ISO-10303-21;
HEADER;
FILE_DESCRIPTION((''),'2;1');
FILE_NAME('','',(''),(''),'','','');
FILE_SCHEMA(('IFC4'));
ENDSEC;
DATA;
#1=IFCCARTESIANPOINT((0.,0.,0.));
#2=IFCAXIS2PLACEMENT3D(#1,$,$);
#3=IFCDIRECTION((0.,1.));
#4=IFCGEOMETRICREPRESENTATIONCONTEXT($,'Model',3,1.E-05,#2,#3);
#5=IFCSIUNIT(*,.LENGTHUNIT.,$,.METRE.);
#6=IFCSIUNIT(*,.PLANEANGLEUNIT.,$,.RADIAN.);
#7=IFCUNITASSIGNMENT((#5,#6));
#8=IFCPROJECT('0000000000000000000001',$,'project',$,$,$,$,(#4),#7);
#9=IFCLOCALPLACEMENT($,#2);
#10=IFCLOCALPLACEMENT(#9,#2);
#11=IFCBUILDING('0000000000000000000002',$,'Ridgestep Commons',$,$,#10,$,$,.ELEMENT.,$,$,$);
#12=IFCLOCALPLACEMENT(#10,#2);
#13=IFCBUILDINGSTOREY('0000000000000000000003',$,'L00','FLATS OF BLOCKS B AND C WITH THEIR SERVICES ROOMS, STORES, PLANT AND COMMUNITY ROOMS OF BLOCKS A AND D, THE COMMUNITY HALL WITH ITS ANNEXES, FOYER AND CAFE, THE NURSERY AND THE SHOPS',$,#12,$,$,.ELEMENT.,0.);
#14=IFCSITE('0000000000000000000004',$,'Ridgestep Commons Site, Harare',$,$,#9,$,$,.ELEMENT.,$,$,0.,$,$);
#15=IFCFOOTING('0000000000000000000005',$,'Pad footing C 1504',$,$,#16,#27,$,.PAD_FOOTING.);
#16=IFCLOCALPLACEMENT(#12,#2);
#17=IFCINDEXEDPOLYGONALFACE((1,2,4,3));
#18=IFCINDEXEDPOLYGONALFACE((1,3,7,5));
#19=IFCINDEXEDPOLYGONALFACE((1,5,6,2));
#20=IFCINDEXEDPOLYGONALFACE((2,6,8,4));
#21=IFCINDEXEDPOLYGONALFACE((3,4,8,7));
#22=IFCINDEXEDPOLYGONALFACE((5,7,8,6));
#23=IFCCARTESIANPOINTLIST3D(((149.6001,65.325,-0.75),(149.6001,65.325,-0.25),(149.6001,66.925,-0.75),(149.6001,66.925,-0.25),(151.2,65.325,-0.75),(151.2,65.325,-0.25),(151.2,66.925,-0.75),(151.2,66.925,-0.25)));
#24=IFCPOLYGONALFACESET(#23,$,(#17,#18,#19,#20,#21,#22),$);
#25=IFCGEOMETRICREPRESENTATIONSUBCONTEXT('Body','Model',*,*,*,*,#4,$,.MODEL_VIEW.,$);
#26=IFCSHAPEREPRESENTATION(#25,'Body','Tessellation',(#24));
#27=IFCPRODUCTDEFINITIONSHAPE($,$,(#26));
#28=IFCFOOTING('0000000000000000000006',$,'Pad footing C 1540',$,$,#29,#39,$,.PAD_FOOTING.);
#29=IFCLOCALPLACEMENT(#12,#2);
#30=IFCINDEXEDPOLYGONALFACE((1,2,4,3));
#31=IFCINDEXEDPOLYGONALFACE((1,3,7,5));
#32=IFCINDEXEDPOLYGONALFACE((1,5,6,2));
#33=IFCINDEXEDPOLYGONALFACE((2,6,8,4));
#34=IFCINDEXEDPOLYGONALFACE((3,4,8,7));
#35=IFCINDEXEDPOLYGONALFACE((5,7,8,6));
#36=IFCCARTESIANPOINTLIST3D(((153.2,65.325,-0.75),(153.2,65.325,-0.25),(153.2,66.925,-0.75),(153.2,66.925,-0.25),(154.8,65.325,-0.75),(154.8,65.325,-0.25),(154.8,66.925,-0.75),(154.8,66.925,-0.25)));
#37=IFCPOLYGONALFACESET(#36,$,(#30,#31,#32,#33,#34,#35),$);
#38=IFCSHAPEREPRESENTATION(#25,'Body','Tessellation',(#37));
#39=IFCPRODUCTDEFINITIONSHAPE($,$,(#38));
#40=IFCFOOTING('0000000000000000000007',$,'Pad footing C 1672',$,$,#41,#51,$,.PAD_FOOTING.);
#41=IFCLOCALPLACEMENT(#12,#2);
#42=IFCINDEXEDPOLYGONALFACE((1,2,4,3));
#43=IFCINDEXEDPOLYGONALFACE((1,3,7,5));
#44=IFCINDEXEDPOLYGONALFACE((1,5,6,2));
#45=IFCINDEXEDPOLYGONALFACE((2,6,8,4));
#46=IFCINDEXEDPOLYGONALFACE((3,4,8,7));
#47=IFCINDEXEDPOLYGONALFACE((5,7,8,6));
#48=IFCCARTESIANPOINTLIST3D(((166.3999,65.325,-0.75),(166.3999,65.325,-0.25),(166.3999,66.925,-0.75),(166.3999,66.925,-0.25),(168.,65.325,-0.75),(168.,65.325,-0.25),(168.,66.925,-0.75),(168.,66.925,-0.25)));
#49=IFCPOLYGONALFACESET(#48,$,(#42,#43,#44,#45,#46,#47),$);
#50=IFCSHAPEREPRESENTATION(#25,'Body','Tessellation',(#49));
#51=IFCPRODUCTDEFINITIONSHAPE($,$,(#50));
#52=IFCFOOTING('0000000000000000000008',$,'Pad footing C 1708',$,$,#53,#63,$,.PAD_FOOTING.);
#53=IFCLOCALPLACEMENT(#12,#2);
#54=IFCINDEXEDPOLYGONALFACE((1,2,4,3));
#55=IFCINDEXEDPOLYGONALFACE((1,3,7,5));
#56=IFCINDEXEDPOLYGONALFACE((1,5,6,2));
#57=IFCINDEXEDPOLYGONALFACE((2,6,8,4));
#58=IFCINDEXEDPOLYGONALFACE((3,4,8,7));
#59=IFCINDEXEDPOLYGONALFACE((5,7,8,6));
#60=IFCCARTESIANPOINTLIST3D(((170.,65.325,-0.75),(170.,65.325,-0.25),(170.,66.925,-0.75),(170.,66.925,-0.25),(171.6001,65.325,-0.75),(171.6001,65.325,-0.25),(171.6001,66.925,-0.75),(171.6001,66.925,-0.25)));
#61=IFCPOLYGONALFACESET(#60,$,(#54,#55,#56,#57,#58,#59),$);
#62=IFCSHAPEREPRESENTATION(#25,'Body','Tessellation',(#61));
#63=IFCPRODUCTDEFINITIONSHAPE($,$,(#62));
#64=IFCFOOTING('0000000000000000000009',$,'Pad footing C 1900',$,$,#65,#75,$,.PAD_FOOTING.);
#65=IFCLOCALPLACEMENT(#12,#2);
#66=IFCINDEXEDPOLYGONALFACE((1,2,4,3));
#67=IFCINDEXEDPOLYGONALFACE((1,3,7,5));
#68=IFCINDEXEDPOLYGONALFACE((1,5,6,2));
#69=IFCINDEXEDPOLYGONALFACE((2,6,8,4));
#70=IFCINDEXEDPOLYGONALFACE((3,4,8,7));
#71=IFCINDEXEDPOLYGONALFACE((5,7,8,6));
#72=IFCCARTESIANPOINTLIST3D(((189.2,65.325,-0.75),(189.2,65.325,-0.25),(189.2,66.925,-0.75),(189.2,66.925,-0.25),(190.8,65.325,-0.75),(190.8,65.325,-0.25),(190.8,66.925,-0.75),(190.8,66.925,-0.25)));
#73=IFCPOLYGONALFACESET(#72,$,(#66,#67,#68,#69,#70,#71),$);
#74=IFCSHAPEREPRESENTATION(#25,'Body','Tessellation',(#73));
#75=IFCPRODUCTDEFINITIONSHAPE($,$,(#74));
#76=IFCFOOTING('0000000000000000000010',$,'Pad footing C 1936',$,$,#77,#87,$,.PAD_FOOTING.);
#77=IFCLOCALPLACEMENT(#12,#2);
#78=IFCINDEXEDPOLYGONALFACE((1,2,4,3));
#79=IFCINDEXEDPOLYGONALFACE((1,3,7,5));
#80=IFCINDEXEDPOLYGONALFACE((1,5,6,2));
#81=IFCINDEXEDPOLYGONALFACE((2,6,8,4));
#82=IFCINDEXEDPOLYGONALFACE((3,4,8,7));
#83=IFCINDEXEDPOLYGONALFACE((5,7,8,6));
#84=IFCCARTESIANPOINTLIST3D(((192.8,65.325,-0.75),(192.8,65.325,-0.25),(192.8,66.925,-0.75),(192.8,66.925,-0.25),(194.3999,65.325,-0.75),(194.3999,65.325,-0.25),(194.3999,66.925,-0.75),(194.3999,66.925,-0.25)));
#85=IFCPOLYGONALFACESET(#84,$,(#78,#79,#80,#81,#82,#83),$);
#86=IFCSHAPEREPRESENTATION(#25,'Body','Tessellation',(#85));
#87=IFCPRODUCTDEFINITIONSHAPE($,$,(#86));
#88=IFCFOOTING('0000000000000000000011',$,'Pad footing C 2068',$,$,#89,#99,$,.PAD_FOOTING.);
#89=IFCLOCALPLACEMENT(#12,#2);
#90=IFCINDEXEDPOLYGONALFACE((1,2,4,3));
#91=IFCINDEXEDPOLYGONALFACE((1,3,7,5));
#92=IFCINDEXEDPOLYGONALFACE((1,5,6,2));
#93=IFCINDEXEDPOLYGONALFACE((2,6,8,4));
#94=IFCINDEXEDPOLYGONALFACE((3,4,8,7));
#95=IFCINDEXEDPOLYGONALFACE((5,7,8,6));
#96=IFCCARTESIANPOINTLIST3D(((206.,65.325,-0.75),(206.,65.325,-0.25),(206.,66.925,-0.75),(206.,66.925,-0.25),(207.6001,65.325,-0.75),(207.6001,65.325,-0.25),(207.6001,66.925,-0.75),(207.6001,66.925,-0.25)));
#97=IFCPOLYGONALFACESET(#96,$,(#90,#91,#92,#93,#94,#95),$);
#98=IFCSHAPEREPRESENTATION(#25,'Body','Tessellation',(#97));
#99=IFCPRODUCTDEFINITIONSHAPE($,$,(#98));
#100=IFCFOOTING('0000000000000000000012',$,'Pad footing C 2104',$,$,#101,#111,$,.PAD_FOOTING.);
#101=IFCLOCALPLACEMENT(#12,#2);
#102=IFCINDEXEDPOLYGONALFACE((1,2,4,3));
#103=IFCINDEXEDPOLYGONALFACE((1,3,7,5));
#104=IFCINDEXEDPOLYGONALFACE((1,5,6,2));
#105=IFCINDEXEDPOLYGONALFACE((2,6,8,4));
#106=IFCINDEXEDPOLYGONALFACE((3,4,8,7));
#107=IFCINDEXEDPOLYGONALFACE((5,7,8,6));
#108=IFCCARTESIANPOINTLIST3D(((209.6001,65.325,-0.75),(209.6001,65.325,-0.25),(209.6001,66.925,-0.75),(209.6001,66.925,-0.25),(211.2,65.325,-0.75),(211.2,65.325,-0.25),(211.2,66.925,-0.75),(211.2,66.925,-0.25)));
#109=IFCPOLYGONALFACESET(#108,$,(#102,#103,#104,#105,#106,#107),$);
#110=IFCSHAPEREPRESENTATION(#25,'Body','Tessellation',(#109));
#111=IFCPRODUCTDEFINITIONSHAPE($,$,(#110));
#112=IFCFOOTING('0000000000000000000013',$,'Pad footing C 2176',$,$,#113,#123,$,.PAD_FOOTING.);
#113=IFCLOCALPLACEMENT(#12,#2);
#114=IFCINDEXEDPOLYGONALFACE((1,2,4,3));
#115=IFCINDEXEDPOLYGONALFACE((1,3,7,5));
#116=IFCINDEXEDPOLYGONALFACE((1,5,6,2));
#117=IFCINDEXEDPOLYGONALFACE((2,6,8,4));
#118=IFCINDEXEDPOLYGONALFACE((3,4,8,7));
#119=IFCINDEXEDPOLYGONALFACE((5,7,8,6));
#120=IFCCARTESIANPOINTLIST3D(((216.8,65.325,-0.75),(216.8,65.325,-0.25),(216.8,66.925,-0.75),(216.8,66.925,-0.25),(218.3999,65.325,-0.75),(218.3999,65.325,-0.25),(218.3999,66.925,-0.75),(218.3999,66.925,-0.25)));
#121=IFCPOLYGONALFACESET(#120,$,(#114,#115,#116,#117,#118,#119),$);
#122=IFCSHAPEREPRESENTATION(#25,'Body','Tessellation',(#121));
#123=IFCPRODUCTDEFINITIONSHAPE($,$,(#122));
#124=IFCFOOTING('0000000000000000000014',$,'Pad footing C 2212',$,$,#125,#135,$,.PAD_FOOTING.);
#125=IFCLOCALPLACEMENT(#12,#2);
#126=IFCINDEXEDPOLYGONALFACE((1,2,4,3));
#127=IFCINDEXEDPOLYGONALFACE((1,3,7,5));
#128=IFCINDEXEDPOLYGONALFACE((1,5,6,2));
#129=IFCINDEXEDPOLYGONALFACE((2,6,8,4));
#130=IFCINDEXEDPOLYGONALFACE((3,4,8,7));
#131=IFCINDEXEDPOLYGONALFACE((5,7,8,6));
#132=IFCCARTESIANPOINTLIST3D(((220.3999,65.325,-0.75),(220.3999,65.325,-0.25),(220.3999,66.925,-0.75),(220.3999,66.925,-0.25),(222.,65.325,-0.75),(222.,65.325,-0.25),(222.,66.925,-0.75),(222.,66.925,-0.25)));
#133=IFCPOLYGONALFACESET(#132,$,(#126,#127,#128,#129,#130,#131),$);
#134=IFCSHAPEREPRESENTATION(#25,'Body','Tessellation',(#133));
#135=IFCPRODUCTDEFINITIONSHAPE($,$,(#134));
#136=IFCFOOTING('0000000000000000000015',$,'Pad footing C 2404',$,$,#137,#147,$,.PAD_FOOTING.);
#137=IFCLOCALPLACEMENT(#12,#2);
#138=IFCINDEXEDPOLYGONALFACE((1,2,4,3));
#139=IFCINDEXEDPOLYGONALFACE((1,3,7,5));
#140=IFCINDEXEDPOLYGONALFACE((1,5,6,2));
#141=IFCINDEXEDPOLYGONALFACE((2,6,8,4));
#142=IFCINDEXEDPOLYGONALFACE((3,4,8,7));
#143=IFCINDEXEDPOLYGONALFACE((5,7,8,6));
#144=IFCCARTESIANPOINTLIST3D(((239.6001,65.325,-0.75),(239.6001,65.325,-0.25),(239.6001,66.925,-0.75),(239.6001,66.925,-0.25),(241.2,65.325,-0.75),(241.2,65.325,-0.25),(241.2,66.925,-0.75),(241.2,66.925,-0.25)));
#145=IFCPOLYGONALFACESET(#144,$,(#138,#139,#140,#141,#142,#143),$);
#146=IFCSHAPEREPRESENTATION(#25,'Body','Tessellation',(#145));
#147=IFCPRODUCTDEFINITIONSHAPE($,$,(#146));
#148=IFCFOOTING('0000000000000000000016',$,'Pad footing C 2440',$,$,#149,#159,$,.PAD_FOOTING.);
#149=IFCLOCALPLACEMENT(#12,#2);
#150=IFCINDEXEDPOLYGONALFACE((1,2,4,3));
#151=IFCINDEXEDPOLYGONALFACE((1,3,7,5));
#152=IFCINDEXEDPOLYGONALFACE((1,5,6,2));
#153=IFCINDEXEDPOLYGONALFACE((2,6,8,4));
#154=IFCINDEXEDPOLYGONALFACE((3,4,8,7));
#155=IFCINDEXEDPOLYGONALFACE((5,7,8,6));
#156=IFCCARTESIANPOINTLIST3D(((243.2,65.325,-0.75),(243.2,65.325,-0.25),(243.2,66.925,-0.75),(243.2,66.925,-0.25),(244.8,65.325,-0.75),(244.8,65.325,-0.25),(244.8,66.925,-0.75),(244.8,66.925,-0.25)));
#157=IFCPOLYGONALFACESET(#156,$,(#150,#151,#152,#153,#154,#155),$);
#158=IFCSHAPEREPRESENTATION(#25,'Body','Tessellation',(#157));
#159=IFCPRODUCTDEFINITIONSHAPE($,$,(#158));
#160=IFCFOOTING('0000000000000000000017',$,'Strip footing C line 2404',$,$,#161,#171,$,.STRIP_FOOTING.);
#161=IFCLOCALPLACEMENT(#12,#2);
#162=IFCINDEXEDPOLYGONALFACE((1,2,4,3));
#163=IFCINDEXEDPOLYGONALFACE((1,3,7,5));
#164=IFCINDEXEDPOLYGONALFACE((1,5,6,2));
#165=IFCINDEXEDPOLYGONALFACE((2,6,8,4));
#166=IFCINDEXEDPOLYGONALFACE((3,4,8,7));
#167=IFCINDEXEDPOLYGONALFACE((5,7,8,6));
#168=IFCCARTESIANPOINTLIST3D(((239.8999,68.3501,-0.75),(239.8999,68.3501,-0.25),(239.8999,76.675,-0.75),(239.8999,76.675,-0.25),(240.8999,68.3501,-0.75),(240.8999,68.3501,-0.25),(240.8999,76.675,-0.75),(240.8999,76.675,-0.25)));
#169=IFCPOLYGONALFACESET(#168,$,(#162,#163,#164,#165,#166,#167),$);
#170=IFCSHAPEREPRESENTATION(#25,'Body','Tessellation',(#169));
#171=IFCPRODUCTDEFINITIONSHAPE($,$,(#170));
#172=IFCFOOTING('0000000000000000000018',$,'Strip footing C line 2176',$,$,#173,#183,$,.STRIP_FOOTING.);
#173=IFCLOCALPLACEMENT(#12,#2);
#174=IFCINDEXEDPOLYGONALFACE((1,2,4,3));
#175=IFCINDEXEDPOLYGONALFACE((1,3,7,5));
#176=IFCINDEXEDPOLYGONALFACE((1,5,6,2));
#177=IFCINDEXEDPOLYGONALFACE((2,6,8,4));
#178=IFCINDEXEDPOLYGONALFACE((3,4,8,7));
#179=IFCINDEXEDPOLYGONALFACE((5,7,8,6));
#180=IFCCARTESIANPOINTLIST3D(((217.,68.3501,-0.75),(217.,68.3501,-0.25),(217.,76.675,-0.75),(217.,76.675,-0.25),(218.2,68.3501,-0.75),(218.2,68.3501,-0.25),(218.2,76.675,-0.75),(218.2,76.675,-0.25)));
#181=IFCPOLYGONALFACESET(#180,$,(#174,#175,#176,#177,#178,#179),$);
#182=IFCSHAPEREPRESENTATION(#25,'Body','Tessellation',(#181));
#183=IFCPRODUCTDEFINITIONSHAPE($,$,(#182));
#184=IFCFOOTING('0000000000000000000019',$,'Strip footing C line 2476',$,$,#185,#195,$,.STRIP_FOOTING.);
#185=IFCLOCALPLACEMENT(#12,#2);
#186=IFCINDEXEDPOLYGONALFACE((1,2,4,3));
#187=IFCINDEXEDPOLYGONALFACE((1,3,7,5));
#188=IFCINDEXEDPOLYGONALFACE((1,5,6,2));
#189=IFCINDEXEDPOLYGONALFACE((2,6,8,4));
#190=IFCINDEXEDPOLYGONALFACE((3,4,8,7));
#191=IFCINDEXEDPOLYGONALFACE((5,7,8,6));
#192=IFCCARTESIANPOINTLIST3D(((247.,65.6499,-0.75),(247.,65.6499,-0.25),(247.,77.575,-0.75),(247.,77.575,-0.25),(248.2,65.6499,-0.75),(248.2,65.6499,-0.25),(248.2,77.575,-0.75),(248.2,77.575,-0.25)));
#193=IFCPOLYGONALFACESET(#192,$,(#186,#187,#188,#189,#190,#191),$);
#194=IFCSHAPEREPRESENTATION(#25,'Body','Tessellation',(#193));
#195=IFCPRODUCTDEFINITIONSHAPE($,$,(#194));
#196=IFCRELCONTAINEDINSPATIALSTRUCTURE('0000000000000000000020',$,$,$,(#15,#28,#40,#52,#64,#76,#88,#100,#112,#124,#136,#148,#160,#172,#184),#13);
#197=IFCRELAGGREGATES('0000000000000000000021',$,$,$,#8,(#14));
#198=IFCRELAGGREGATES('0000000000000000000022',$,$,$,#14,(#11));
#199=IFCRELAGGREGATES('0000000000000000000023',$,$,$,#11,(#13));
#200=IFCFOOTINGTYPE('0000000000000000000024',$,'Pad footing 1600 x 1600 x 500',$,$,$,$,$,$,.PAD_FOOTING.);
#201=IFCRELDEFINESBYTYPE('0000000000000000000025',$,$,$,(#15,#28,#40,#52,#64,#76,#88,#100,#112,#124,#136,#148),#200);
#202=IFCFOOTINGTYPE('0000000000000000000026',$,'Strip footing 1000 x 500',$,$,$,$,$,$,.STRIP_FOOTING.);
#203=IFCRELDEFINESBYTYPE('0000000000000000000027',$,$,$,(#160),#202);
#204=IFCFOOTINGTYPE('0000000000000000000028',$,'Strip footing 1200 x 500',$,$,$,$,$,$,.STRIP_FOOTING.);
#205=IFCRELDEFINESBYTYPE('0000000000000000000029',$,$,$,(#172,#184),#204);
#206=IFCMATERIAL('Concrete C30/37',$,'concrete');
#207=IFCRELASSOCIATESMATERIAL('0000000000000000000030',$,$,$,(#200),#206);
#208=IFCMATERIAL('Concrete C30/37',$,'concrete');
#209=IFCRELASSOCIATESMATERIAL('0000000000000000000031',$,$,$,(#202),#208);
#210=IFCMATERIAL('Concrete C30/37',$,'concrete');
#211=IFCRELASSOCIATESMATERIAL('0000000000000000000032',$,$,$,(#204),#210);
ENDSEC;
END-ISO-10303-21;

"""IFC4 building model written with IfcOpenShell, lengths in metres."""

from ifc_helpers import new_model, si_unit, direction, frame, origin, place, context, subcontext, project, spatial, polyline, outline, extrude, material, type_object, element, save


model = new_model("IFC4")

# Units and contexts
model_context = context("Model", 3, precision=1e-05, world=origin(), true_north=direction((0.0, 1.0)))
body_context = subcontext(model_context, "Body", "Model", "MODEL_VIEW")
ifc_project = project(units=[si_unit("LENGTHUNIT", "METRE"), si_unit("PLANEANGLEUNIT", "RADIAN")], contexts=[model_context])

# Site, building, storey
site_placement = place(None, origin())
site = spatial("IfcSite", under=ifc_project, at=site_placement, Name="Ridgestep Commons Site, Harare", CompositionType="ELEMENT", RefElevation=0.0)
building_placement = place(site_placement, origin())
building = spatial("IfcBuilding", under=site, at=building_placement, Name="Ridgestep Commons", CompositionType="ELEMENT")
storey_placement = place(building_placement, origin())
storey = spatial("IfcBuildingStorey", under=building, at=storey_placement, Name="L00", Description="FLATS OF BLOCKS B AND C WITH THEIR SERVICES ROOMS, STORES, PLANT AND COMMUNITY ROOMS OF BLOCKS A AND D, THE COMMUNITY HALL WITH ITS ANNEXES, FOYER AND CAFE, THE NURSERY AND THE SHOPS", CompositionType="ELEMENT", Elevation=0.0)

# Footings
ifc_material_1 = material(Name="Concrete C30/37", Category="concrete")
footing_type_1 = type_object("IfcFootingType", Name="Pad footing 1600 x 1600 x 500", PredefinedType="PAD_FOOTING", material=ifc_material_1)
footing_1_placement = place(storey_placement, frame((0.0, 0.0, -0.75)))
element("IfcFooting", 1, at=footing_1_placement, inside=storey, type_object=footing_type_1, Name="Pad footing C 1504", PredefinedType="PAD_FOOTING", context=body_context, shape_type="SweptSolid", body=[
    extrude(outline(polyline([(151.2, 65.325), (151.2, 66.925), (149.6001, 66.925), (149.6001, 65.325), (151.2, 65.325)])), origin(), (0.0, 0.0, 1.0), 0.5),
])
footing_2_placement = place(storey_placement, frame((0.0, 0.0, -0.75)))
element("IfcFooting", 2, at=footing_2_placement, inside=storey, type_object=footing_type_1, Name="Pad footing C 1540", PredefinedType="PAD_FOOTING", context=body_context, shape_type="SweptSolid", body=[
    extrude(outline(polyline([(154.8, 65.325), (154.8, 66.925), (153.2, 66.925), (153.2, 65.325), (154.8, 65.325)])), origin(), (0.0, 0.0, 1.0), 0.5),
])
footing_3_placement = place(storey_placement, frame((0.0, 0.0, -0.75)))
element("IfcFooting", 3, at=footing_3_placement, inside=storey, type_object=footing_type_1, Name="Pad footing C 1672", PredefinedType="PAD_FOOTING", context=body_context, shape_type="SweptSolid", body=[
    extrude(outline(polyline([(168.0, 65.325), (168.0, 66.925), (166.3999, 66.925), (166.3999, 65.325), (168.0, 65.325)])), origin(), (0.0, 0.0, 1.0), 0.5),
])
footing_4_placement = place(storey_placement, frame((0.0, 0.0, -0.75)))
element("IfcFooting", 4, at=footing_4_placement, inside=storey, type_object=footing_type_1, Name="Pad footing C 1708", PredefinedType="PAD_FOOTING", context=body_context, shape_type="SweptSolid", body=[
    extrude(outline(polyline([(171.6001, 65.325), (171.6001, 66.925), (170.0, 66.925), (170.0, 65.325), (171.6001, 65.325)])), origin(), (0.0, 0.0, 1.0), 0.5),
])
footing_5_placement = place(storey_placement, frame((0.0, 0.0, -0.75)))
element("IfcFooting", 5, at=footing_5_placement, inside=storey, type_object=footing_type_1, Name="Pad footing C 1900", PredefinedType="PAD_FOOTING", context=body_context, shape_type="SweptSolid", body=[
    extrude(outline(polyline([(190.8, 65.325), (190.8, 66.925), (189.2, 66.925), (189.2, 65.325), (190.8, 65.325)])), origin(), (0.0, 0.0, 1.0), 0.5),
])
footing_6_placement = place(storey_placement, frame((0.0, 0.0, -0.75)))
element("IfcFooting", 6, at=footing_6_placement, inside=storey, type_object=footing_type_1, Name="Pad footing C 1936", PredefinedType="PAD_FOOTING", context=body_context, shape_type="SweptSolid", body=[
    extrude(outline(polyline([(194.3999, 65.325), (194.3999, 66.925), (192.8, 66.925), (192.8, 65.325), (194.3999, 65.325)])), origin(), (0.0, 0.0, 1.0), 0.5),
])
footing_7_placement = place(storey_placement, frame((0.0, 0.0, -0.75)))
element("IfcFooting", 7, at=footing_7_placement, inside=storey, type_object=footing_type_1, Name="Pad footing C 2068", PredefinedType="PAD_FOOTING", context=body_context, shape_type="SweptSolid", body=[
    extrude(outline(polyline([(207.6001, 65.325), (207.6001, 66.925), (206.0, 66.925), (206.0, 65.325), (207.6001, 65.325)])), origin(), (0.0, 0.0, 1.0), 0.5),
])
footing_8_placement = place(storey_placement, frame((0.0, 0.0, -0.75)))
element("IfcFooting", 8, at=footing_8_placement, inside=storey, type_object=footing_type_1, Name="Pad footing C 2104", PredefinedType="PAD_FOOTING", context=body_context, shape_type="SweptSolid", body=[
    extrude(outline(polyline([(211.2, 65.325), (211.2, 66.925), (209.6001, 66.925), (209.6001, 65.325), (211.2, 65.325)])), origin(), (0.0, 0.0, 1.0), 0.5),
])
footing_9_placement = place(storey_placement, frame((0.0, 0.0, -0.75)))
element("IfcFooting", 9, at=footing_9_placement, inside=storey, type_object=footing_type_1, Name="Pad footing C 2176", PredefinedType="PAD_FOOTING", context=body_context, shape_type="SweptSolid", body=[
    extrude(outline(polyline([(218.3999, 65.325), (218.3999, 66.925), (216.8, 66.925), (216.8, 65.325), (218.3999, 65.325)])), origin(), (0.0, 0.0, 1.0), 0.5),
])
footing_10_placement = place(storey_placement, frame((0.0, 0.0, -0.75)))
element("IfcFooting", 10, at=footing_10_placement, inside=storey, type_object=footing_type_1, Name="Pad footing C 2212", PredefinedType="PAD_FOOTING", context=body_context, shape_type="SweptSolid", body=[
    extrude(outline(polyline([(222.0, 65.325), (222.0, 66.925), (220.3999, 66.925), (220.3999, 65.325), (222.0, 65.325)])), origin(), (0.0, 0.0, 1.0), 0.5),
])
footing_11_placement = place(storey_placement, frame((0.0, 0.0, -0.75)))
element("IfcFooting", 11, at=footing_11_placement, inside=storey, type_object=footing_type_1, Name="Pad footing C 2404", PredefinedType="PAD_FOOTING", context=body_context, shape_type="SweptSolid", body=[
    extrude(outline(polyline([(241.2, 65.325), (241.2, 66.925), (239.6001, 66.925), (239.6001, 65.325), (241.2, 65.325)])), origin(), (0.0, 0.0, 1.0), 0.5),
])
footing_12_placement = place(storey_placement, frame((0.0, 0.0, -0.75)))
element("IfcFooting", 12, at=footing_12_placement, inside=storey, type_object=footing_type_1, Name="Pad footing C 2440", PredefinedType="PAD_FOOTING", context=body_context, shape_type="SweptSolid", body=[
    extrude(outline(polyline([(244.8, 65.325), (244.8, 66.925), (243.2, 66.925), (243.2, 65.325), (244.8, 65.325)])), origin(), (0.0, 0.0, 1.0), 0.5),
])
ifc_material_2 = material(Name="Concrete C30/37", Category="concrete")
footing_type_2 = type_object("IfcFootingType", Name="Strip footing 1000 x 500", PredefinedType="STRIP_FOOTING", material=ifc_material_2)
footing_13_placement = place(storey_placement, frame((0.0, 0.0, -0.75)))
element("IfcFooting", 13, at=footing_13_placement, inside=storey, type_object=footing_type_2, Name="Strip footing C line 2404", PredefinedType="STRIP_FOOTING", context=body_context, shape_type="SweptSolid", body=[
    extrude(outline(polyline([(240.8999, 68.3501), (240.8999, 76.675), (239.8999, 76.675), (239.8999, 68.3501), (240.8999, 68.3501)])), origin(), (0.0, 0.0, 1.0), 0.5),
])
ifc_material_3 = material(Name="Concrete C30/37", Category="concrete")
footing_type_3 = type_object("IfcFootingType", Name="Strip footing 1200 x 500", PredefinedType="STRIP_FOOTING", material=ifc_material_3)
footing_14_placement = place(storey_placement, frame((0.0, 0.0, -0.75)))
element("IfcFooting", 14, at=footing_14_placement, inside=storey, type_object=footing_type_3, Name="Strip footing C line 2176", PredefinedType="STRIP_FOOTING", context=body_context, shape_type="SweptSolid", body=[
    extrude(outline(polyline([(218.2, 68.3501), (218.2, 76.675), (217.0, 76.675), (217.0, 68.3501), (218.2, 68.3501)])), origin(), (0.0, 0.0, 1.0), 0.5),
])
footing_15_placement = place(storey_placement, frame((0.0, 0.0, -0.75)))
element("IfcFooting", 15, at=footing_15_placement, inside=storey, type_object=footing_type_3, Name="Strip footing C line 2476", PredefinedType="STRIP_FOOTING", context=body_context, shape_type="SweptSolid", body=[
    extrude(outline(polyline([(248.2, 65.6499), (248.2, 77.575), (247.0, 77.575), (247.0, 65.6499), (248.2, 65.6499)])), origin(), (0.0, 0.0, 1.0), 0.5),
])

save(model, "model.ifc")
